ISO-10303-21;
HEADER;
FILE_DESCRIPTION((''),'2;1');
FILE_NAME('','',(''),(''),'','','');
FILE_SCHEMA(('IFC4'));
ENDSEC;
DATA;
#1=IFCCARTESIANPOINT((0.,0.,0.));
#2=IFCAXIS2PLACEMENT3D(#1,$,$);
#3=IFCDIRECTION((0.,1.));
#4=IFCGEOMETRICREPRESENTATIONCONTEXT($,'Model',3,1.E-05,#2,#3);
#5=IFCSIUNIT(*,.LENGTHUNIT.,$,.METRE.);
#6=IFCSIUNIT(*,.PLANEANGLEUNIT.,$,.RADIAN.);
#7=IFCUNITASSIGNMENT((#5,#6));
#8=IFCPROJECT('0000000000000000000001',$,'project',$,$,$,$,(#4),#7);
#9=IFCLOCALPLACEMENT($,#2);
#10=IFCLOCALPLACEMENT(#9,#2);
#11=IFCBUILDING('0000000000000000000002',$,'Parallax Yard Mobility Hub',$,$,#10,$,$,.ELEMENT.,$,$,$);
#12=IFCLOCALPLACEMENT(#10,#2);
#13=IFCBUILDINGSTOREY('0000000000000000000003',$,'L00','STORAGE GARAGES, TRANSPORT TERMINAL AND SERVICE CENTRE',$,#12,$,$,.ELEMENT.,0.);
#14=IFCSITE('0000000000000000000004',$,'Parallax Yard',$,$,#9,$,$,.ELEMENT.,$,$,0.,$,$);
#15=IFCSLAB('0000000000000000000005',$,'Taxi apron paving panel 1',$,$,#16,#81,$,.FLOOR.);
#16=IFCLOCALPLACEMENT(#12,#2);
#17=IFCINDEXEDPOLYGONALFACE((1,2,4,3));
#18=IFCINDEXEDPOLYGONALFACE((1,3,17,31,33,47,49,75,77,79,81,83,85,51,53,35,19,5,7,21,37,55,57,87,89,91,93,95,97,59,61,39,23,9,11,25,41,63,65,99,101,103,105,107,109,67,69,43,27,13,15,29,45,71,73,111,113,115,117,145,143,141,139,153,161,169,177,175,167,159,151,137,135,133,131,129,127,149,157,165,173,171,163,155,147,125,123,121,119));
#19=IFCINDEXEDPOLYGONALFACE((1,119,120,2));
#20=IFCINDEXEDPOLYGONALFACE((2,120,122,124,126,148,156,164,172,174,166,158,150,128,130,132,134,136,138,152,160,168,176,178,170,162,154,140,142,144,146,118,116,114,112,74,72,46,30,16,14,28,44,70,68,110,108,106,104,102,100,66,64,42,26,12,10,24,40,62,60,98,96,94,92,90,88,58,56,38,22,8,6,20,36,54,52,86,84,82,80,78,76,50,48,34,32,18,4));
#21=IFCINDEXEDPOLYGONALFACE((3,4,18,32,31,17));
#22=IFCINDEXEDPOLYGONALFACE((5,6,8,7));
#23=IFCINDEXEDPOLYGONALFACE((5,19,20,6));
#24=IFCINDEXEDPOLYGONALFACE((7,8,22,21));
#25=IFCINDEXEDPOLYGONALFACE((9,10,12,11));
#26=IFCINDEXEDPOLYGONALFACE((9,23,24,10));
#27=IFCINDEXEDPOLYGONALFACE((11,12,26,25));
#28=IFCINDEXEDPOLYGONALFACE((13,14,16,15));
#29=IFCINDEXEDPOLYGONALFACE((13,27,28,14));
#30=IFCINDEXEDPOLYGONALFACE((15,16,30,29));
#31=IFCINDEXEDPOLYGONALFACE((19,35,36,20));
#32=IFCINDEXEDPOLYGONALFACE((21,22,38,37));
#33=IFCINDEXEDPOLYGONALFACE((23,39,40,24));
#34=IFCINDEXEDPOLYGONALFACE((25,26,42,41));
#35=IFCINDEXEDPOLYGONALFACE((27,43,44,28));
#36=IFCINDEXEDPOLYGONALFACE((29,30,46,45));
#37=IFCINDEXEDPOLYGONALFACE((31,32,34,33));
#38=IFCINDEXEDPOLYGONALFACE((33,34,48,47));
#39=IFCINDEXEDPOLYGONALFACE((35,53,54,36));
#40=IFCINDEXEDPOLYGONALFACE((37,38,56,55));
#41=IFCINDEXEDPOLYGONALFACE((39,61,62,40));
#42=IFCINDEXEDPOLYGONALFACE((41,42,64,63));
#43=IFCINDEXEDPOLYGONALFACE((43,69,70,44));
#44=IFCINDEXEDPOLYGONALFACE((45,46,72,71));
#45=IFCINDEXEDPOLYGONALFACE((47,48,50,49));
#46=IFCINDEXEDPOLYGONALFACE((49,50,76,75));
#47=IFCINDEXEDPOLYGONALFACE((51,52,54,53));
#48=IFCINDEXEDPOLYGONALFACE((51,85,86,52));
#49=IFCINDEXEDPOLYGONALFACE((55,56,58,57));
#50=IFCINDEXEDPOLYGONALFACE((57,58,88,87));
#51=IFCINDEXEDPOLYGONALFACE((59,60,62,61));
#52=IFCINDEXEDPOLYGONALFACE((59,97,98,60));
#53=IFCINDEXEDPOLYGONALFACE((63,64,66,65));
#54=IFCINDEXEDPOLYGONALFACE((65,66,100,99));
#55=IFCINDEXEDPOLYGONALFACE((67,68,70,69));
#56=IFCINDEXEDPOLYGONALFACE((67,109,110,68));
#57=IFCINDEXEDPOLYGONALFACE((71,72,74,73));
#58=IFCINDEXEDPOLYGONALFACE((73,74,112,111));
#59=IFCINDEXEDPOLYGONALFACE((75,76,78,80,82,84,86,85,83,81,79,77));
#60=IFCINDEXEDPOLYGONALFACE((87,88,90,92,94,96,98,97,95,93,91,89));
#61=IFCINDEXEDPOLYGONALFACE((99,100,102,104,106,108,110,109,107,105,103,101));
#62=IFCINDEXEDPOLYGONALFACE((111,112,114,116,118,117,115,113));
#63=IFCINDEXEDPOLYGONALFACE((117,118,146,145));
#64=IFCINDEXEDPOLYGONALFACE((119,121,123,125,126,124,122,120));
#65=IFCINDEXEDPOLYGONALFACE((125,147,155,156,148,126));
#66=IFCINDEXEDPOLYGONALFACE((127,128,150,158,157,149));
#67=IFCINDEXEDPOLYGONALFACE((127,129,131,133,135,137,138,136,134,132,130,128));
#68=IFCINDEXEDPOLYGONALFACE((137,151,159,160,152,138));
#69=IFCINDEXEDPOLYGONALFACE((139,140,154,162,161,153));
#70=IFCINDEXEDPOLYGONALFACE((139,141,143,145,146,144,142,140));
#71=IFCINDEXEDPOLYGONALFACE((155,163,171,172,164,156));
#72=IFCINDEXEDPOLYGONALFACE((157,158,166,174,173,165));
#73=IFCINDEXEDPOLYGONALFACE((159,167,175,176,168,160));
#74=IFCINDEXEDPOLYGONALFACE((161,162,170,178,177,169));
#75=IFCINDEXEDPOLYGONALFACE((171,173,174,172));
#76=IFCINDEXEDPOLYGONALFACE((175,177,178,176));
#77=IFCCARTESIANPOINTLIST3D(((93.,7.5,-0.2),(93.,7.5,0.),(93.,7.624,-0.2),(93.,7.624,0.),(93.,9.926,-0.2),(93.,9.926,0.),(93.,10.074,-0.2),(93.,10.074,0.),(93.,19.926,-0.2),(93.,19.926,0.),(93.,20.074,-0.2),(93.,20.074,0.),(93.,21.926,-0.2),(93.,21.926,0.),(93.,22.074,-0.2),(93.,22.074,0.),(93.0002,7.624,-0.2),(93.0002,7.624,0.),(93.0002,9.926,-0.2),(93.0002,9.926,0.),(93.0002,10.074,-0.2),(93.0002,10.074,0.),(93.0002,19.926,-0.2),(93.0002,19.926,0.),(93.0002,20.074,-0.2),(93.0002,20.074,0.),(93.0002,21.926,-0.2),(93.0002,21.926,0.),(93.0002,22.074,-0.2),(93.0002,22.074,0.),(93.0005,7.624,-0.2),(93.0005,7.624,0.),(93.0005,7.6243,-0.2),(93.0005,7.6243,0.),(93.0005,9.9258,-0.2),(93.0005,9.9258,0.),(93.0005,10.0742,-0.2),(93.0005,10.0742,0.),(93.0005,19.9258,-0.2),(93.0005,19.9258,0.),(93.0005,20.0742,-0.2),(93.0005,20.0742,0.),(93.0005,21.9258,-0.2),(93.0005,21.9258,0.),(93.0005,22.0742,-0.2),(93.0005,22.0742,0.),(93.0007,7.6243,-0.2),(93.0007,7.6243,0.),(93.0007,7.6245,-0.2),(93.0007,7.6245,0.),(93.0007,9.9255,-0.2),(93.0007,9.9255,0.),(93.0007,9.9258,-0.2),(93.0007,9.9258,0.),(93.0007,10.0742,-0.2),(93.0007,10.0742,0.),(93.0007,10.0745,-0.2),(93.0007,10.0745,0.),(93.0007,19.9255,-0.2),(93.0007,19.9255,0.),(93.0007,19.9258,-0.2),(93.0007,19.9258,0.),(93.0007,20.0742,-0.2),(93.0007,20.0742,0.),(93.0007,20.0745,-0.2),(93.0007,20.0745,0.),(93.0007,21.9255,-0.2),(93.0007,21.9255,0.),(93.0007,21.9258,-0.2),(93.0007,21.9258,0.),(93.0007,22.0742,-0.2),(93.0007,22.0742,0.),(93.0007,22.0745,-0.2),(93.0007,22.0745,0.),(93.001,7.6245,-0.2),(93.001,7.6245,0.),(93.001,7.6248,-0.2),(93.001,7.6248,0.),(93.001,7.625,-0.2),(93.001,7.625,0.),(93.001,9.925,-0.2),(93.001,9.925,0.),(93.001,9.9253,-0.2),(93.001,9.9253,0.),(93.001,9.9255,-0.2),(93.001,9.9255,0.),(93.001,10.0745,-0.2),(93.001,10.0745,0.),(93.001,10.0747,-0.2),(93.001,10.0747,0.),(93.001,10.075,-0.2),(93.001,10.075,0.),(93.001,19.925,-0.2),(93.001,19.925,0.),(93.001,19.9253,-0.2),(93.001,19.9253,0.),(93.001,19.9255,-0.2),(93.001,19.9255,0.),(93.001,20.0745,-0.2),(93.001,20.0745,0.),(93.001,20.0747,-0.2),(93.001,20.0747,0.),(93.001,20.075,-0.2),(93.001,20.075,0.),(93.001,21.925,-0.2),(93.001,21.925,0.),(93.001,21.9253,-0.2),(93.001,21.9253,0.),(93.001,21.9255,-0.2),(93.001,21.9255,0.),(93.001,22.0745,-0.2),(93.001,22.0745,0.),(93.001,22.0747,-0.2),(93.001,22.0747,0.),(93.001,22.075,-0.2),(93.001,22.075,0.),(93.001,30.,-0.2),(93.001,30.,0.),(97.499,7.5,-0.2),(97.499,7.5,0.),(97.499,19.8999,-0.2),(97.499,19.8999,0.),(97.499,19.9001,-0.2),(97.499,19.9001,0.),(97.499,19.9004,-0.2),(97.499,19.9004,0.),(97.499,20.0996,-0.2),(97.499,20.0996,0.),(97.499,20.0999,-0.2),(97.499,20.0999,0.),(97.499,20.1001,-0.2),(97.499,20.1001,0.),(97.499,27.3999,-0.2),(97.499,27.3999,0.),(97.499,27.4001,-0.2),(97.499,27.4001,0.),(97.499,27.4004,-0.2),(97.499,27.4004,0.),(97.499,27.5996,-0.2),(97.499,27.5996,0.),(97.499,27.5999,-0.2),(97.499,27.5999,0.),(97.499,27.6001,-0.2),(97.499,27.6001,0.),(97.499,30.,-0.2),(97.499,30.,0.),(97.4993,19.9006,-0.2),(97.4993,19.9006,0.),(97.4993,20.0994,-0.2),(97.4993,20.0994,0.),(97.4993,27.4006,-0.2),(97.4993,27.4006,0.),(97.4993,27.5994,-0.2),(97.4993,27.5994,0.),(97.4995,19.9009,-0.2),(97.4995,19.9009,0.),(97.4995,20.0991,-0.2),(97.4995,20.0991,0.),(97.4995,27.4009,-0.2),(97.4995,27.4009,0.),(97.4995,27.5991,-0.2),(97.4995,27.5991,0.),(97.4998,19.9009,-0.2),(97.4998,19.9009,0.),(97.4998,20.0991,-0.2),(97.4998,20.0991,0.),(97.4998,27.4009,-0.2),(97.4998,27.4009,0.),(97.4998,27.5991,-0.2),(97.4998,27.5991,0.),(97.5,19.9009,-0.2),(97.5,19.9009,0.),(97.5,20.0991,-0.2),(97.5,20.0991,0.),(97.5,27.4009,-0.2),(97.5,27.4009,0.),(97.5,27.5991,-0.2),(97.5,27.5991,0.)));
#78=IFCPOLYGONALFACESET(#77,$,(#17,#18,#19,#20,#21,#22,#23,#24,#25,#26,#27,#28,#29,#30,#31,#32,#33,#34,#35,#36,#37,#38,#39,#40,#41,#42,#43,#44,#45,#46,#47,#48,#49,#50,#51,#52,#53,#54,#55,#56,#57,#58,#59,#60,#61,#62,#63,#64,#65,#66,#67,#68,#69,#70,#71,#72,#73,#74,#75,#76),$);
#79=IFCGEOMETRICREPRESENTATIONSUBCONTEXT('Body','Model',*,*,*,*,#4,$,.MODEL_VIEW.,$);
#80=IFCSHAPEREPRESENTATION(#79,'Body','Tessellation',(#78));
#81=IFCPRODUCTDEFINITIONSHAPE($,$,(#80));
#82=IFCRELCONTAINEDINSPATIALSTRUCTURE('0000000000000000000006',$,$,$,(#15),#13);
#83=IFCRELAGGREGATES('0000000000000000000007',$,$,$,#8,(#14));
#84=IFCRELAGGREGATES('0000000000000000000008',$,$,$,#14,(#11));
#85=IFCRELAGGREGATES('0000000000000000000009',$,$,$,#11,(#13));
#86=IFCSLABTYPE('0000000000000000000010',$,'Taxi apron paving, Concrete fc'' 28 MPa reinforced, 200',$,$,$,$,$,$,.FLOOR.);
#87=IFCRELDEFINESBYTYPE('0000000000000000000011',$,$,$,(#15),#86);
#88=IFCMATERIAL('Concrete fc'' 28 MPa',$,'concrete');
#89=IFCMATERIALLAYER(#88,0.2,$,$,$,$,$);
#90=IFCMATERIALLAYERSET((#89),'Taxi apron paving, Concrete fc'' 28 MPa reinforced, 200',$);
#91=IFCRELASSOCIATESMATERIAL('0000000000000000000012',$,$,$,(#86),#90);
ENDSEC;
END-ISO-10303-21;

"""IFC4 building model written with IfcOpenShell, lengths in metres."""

from ifc_helpers import new_model, si_unit, direction, frame, origin, place, context, subcontext, project, spatial, polyline, outline, extrude, material, layer, layer_set, type_object, element, save


model = new_model("IFC4")

# Units and contexts
model_context = context("Model", 3, precision=1e-05, world=origin(), true_north=direction((0.0, 1.0)))
body_context = subcontext(model_context, "Body", "Model", "MODEL_VIEW")
ifc_project = project(units=[si_unit("LENGTHUNIT", "METRE"), si_unit("PLANEANGLEUNIT", "RADIAN")], contexts=[model_context])

# Site, building, storey
site_placement = place(None, origin())
site = spatial("IfcSite", under=ifc_project, at=site_placement, Name="Parallax Yard", CompositionType="ELEMENT", RefElevation=0.0)
building_placement = place(site_placement, origin())
building = spatial("IfcBuilding", under=site, at=building_placement, Name="Parallax Yard Mobility Hub", CompositionType="ELEMENT")
storey_placement = place(building_placement, origin())
storey = spatial("IfcBuildingStorey", under=building, at=storey_placement, Name="L00", Description="STORAGE GARAGES, TRANSPORT TERMINAL AND SERVICE CENTRE", CompositionType="ELEMENT", Elevation=0.0)

# Slab
ifc_material = material(Name="Concrete fc' 28 MPa", Category="concrete")
ifc_layer_1 = layer(ifc_material, 0.2)
ifc_layer_set_1 = layer_set([ifc_layer_1], Name="Taxi apron paving, Concrete fc' 28 MPa reinforced, 200")
slab_type_1 = type_object("IfcSlabType", Name="Taxi apron paving, Concrete fc' 28 MPa reinforced, 200", PredefinedType="FLOOR", material=ifc_layer_set_1)
slab_1_placement = place(storey_placement, frame((0.0, 0.0, -0.2)))
element("IfcSlab", 1, at=slab_1_placement, inside=storey, type_object=slab_type_1, Name="Taxi apron paving panel 1", PredefinedType="FLOOR", context=body_context, shape_type="SweptSolid", body=[
    extrude(outline(polyline([(97.499, 27.6001), (97.499, 27.5999), (97.499, 27.5999), (97.499, 27.5996), (97.499, 27.5996), (97.499, 27.5996), (97.4993, 27.5994), (97.4993, 27.5994), (97.4993, 27.5994), (97.4995, 27.5991), (97.4995, 27.5991), (97.4995, 27.5991), (97.4995, 27.5991), (97.4998, 27.5991), (97.4998, 27.5991), (97.5, 27.5991), (97.5, 27.5991), (97.5, 27.4009), (97.5, 27.4009), (97.4998, 27.4009), (97.4998, 27.4009), (97.4995, 27.4009), (97.4995, 27.4009), (97.4995, 27.4009), (97.4995, 27.4009), (97.4993, 27.4006), (97.4993, 27.4006), (97.4993, 27.4006), (97.499, 27.4004), (97.499, 27.4004), (97.499, 27.4004), (97.499, 27.4001), (97.499, 27.4001), (97.499, 27.3999), (97.499, 20.1001), (97.499, 20.0999), (97.499, 20.0999), (97.499, 20.0996), (97.499, 20.0996), (97.499, 20.0996), (97.4993, 20.0994), (97.4993, 20.0994), (97.4993, 20.0994), (97.4995, 20.0991), (97.4995, 20.0991), (97.4995, 20.0991), (97.4995, 20.0991), (97.4998, 20.0991), (97.4998, 20.0991), (97.5, 20.0991), (97.5, 20.0991), (97.5, 19.9009), (97.5, 19.9009), (97.4998, 19.9009), (97.4998, 19.9009), (97.4995, 19.9009), (97.4995, 19.9009), (97.4995, 19.9009), (97.4995, 19.9009), (97.4993, 19.9006), (97.4993, 19.9006), (97.4993, 19.9006), (97.499, 19.9004), (97.499, 19.9004), (97.499, 19.9004), (97.499, 19.9001), (97.499, 19.9001), (97.499, 19.8999), (97.499, 7.5), (93.0, 7.5), (93.0, 7.624), (93.0, 7.624), (93.0002, 7.624), (93.0002, 7.624), (93.0005, 7.624), (93.0005, 7.624), (93.0005, 7.6243), (93.0005, 7.6243), (93.0007, 7.6243), (93.0007, 7.6245), (93.0007, 7.6245), (93.001, 7.6245), (93.001, 7.6245), (93.001, 7.6248), (93.001, 7.6248), (93.001, 7.625), (93.001, 7.625), (93.001, 9.925), (93.001, 9.925), (93.001, 9.9253), (93.001, 9.9253), (93.001, 9.9253), (93.001, 9.9255), (93.0007, 9.9255), (93.0007, 9.9255), (93.0007, 9.9258), (93.0005, 9.9258), (93.0005, 9.9258), (93.0005, 9.9258), (93.0005, 9.9258), (93.0002, 9.926), (93.0002, 9.926), (93.0, 9.926), (93.0, 9.926), (93.0, 10.074), (93.0, 10.074), (93.0002, 10.074), (93.0002, 10.074), (93.0005, 10.0742), (93.0005, 10.0742), (93.0005, 10.0742), (93.0005, 10.0742), (93.0007, 10.0742), (93.0007, 10.0745), (93.0007, 10.0745), (93.001, 10.0745), (93.001, 10.0747), (93.001, 10.0747), (93.001, 10.0747), (93.001, 10.075), (93.001, 10.075), (93.001, 19.925), (93.001, 19.925), (93.001, 19.9253), (93.001, 19.9253), (93.001, 19.9253), (93.001, 19.9255), (93.0007, 19.9255), (93.0007, 19.9255), (93.0007, 19.9258), (93.0005, 19.9258), (93.0005, 19.9258), (93.0005, 19.9258), (93.0005, 19.9258), (93.0002, 19.926), (93.0002, 19.926), (93.0, 19.926), (93.0, 19.926), (93.0, 20.074), (93.0, 20.074), (93.0002, 20.074), (93.0002, 20.074), (93.0005, 20.0742), (93.0005, 20.0742), (93.0005, 20.0742), (93.0005, 20.0742), (93.0007, 20.0742), (93.0007, 20.0745), (93.0007, 20.0745), (93.001, 20.0745), (93.001, 20.0747), (93.001, 20.0747), (93.001, 20.0747), (93.001, 20.075), (93.001, 20.075), (93.001, 21.925), (93.001, 21.925), (93.001, 21.9253), (93.001, 21.9253), (93.001, 21.9253), (93.001, 21.9255), (93.0007, 21.9255), (93.0007, 21.9255), (93.0007, 21.9258), (93.0005, 21.9258), (93.0005, 21.9258), (93.0005, 21.9258), (93.0005, 21.9258), (93.0002, 21.926), (93.0002, 21.926), (93.0, 21.926), (93.0, 21.926), (93.0, 22.074), (93.0, 22.074), (93.0002, 22.074), (93.0002, 22.074), (93.0005, 22.0742), (93.0005, 22.0742), (93.0005, 22.0742), (93.0005, 22.0742), (93.0007, 22.0742), (93.0007, 22.0745), (93.0007, 22.0745), (93.001, 22.0745), (93.001, 22.0747), (93.001, 22.0747), (93.001, 22.0747), (93.001, 22.075), (93.001, 22.075), (93.001, 30.0), (97.499, 30.0), (97.499, 27.6001)])), origin(), (0.0, 0.0, 1.0), 0.2),
])

save(model, "model.ifc")
